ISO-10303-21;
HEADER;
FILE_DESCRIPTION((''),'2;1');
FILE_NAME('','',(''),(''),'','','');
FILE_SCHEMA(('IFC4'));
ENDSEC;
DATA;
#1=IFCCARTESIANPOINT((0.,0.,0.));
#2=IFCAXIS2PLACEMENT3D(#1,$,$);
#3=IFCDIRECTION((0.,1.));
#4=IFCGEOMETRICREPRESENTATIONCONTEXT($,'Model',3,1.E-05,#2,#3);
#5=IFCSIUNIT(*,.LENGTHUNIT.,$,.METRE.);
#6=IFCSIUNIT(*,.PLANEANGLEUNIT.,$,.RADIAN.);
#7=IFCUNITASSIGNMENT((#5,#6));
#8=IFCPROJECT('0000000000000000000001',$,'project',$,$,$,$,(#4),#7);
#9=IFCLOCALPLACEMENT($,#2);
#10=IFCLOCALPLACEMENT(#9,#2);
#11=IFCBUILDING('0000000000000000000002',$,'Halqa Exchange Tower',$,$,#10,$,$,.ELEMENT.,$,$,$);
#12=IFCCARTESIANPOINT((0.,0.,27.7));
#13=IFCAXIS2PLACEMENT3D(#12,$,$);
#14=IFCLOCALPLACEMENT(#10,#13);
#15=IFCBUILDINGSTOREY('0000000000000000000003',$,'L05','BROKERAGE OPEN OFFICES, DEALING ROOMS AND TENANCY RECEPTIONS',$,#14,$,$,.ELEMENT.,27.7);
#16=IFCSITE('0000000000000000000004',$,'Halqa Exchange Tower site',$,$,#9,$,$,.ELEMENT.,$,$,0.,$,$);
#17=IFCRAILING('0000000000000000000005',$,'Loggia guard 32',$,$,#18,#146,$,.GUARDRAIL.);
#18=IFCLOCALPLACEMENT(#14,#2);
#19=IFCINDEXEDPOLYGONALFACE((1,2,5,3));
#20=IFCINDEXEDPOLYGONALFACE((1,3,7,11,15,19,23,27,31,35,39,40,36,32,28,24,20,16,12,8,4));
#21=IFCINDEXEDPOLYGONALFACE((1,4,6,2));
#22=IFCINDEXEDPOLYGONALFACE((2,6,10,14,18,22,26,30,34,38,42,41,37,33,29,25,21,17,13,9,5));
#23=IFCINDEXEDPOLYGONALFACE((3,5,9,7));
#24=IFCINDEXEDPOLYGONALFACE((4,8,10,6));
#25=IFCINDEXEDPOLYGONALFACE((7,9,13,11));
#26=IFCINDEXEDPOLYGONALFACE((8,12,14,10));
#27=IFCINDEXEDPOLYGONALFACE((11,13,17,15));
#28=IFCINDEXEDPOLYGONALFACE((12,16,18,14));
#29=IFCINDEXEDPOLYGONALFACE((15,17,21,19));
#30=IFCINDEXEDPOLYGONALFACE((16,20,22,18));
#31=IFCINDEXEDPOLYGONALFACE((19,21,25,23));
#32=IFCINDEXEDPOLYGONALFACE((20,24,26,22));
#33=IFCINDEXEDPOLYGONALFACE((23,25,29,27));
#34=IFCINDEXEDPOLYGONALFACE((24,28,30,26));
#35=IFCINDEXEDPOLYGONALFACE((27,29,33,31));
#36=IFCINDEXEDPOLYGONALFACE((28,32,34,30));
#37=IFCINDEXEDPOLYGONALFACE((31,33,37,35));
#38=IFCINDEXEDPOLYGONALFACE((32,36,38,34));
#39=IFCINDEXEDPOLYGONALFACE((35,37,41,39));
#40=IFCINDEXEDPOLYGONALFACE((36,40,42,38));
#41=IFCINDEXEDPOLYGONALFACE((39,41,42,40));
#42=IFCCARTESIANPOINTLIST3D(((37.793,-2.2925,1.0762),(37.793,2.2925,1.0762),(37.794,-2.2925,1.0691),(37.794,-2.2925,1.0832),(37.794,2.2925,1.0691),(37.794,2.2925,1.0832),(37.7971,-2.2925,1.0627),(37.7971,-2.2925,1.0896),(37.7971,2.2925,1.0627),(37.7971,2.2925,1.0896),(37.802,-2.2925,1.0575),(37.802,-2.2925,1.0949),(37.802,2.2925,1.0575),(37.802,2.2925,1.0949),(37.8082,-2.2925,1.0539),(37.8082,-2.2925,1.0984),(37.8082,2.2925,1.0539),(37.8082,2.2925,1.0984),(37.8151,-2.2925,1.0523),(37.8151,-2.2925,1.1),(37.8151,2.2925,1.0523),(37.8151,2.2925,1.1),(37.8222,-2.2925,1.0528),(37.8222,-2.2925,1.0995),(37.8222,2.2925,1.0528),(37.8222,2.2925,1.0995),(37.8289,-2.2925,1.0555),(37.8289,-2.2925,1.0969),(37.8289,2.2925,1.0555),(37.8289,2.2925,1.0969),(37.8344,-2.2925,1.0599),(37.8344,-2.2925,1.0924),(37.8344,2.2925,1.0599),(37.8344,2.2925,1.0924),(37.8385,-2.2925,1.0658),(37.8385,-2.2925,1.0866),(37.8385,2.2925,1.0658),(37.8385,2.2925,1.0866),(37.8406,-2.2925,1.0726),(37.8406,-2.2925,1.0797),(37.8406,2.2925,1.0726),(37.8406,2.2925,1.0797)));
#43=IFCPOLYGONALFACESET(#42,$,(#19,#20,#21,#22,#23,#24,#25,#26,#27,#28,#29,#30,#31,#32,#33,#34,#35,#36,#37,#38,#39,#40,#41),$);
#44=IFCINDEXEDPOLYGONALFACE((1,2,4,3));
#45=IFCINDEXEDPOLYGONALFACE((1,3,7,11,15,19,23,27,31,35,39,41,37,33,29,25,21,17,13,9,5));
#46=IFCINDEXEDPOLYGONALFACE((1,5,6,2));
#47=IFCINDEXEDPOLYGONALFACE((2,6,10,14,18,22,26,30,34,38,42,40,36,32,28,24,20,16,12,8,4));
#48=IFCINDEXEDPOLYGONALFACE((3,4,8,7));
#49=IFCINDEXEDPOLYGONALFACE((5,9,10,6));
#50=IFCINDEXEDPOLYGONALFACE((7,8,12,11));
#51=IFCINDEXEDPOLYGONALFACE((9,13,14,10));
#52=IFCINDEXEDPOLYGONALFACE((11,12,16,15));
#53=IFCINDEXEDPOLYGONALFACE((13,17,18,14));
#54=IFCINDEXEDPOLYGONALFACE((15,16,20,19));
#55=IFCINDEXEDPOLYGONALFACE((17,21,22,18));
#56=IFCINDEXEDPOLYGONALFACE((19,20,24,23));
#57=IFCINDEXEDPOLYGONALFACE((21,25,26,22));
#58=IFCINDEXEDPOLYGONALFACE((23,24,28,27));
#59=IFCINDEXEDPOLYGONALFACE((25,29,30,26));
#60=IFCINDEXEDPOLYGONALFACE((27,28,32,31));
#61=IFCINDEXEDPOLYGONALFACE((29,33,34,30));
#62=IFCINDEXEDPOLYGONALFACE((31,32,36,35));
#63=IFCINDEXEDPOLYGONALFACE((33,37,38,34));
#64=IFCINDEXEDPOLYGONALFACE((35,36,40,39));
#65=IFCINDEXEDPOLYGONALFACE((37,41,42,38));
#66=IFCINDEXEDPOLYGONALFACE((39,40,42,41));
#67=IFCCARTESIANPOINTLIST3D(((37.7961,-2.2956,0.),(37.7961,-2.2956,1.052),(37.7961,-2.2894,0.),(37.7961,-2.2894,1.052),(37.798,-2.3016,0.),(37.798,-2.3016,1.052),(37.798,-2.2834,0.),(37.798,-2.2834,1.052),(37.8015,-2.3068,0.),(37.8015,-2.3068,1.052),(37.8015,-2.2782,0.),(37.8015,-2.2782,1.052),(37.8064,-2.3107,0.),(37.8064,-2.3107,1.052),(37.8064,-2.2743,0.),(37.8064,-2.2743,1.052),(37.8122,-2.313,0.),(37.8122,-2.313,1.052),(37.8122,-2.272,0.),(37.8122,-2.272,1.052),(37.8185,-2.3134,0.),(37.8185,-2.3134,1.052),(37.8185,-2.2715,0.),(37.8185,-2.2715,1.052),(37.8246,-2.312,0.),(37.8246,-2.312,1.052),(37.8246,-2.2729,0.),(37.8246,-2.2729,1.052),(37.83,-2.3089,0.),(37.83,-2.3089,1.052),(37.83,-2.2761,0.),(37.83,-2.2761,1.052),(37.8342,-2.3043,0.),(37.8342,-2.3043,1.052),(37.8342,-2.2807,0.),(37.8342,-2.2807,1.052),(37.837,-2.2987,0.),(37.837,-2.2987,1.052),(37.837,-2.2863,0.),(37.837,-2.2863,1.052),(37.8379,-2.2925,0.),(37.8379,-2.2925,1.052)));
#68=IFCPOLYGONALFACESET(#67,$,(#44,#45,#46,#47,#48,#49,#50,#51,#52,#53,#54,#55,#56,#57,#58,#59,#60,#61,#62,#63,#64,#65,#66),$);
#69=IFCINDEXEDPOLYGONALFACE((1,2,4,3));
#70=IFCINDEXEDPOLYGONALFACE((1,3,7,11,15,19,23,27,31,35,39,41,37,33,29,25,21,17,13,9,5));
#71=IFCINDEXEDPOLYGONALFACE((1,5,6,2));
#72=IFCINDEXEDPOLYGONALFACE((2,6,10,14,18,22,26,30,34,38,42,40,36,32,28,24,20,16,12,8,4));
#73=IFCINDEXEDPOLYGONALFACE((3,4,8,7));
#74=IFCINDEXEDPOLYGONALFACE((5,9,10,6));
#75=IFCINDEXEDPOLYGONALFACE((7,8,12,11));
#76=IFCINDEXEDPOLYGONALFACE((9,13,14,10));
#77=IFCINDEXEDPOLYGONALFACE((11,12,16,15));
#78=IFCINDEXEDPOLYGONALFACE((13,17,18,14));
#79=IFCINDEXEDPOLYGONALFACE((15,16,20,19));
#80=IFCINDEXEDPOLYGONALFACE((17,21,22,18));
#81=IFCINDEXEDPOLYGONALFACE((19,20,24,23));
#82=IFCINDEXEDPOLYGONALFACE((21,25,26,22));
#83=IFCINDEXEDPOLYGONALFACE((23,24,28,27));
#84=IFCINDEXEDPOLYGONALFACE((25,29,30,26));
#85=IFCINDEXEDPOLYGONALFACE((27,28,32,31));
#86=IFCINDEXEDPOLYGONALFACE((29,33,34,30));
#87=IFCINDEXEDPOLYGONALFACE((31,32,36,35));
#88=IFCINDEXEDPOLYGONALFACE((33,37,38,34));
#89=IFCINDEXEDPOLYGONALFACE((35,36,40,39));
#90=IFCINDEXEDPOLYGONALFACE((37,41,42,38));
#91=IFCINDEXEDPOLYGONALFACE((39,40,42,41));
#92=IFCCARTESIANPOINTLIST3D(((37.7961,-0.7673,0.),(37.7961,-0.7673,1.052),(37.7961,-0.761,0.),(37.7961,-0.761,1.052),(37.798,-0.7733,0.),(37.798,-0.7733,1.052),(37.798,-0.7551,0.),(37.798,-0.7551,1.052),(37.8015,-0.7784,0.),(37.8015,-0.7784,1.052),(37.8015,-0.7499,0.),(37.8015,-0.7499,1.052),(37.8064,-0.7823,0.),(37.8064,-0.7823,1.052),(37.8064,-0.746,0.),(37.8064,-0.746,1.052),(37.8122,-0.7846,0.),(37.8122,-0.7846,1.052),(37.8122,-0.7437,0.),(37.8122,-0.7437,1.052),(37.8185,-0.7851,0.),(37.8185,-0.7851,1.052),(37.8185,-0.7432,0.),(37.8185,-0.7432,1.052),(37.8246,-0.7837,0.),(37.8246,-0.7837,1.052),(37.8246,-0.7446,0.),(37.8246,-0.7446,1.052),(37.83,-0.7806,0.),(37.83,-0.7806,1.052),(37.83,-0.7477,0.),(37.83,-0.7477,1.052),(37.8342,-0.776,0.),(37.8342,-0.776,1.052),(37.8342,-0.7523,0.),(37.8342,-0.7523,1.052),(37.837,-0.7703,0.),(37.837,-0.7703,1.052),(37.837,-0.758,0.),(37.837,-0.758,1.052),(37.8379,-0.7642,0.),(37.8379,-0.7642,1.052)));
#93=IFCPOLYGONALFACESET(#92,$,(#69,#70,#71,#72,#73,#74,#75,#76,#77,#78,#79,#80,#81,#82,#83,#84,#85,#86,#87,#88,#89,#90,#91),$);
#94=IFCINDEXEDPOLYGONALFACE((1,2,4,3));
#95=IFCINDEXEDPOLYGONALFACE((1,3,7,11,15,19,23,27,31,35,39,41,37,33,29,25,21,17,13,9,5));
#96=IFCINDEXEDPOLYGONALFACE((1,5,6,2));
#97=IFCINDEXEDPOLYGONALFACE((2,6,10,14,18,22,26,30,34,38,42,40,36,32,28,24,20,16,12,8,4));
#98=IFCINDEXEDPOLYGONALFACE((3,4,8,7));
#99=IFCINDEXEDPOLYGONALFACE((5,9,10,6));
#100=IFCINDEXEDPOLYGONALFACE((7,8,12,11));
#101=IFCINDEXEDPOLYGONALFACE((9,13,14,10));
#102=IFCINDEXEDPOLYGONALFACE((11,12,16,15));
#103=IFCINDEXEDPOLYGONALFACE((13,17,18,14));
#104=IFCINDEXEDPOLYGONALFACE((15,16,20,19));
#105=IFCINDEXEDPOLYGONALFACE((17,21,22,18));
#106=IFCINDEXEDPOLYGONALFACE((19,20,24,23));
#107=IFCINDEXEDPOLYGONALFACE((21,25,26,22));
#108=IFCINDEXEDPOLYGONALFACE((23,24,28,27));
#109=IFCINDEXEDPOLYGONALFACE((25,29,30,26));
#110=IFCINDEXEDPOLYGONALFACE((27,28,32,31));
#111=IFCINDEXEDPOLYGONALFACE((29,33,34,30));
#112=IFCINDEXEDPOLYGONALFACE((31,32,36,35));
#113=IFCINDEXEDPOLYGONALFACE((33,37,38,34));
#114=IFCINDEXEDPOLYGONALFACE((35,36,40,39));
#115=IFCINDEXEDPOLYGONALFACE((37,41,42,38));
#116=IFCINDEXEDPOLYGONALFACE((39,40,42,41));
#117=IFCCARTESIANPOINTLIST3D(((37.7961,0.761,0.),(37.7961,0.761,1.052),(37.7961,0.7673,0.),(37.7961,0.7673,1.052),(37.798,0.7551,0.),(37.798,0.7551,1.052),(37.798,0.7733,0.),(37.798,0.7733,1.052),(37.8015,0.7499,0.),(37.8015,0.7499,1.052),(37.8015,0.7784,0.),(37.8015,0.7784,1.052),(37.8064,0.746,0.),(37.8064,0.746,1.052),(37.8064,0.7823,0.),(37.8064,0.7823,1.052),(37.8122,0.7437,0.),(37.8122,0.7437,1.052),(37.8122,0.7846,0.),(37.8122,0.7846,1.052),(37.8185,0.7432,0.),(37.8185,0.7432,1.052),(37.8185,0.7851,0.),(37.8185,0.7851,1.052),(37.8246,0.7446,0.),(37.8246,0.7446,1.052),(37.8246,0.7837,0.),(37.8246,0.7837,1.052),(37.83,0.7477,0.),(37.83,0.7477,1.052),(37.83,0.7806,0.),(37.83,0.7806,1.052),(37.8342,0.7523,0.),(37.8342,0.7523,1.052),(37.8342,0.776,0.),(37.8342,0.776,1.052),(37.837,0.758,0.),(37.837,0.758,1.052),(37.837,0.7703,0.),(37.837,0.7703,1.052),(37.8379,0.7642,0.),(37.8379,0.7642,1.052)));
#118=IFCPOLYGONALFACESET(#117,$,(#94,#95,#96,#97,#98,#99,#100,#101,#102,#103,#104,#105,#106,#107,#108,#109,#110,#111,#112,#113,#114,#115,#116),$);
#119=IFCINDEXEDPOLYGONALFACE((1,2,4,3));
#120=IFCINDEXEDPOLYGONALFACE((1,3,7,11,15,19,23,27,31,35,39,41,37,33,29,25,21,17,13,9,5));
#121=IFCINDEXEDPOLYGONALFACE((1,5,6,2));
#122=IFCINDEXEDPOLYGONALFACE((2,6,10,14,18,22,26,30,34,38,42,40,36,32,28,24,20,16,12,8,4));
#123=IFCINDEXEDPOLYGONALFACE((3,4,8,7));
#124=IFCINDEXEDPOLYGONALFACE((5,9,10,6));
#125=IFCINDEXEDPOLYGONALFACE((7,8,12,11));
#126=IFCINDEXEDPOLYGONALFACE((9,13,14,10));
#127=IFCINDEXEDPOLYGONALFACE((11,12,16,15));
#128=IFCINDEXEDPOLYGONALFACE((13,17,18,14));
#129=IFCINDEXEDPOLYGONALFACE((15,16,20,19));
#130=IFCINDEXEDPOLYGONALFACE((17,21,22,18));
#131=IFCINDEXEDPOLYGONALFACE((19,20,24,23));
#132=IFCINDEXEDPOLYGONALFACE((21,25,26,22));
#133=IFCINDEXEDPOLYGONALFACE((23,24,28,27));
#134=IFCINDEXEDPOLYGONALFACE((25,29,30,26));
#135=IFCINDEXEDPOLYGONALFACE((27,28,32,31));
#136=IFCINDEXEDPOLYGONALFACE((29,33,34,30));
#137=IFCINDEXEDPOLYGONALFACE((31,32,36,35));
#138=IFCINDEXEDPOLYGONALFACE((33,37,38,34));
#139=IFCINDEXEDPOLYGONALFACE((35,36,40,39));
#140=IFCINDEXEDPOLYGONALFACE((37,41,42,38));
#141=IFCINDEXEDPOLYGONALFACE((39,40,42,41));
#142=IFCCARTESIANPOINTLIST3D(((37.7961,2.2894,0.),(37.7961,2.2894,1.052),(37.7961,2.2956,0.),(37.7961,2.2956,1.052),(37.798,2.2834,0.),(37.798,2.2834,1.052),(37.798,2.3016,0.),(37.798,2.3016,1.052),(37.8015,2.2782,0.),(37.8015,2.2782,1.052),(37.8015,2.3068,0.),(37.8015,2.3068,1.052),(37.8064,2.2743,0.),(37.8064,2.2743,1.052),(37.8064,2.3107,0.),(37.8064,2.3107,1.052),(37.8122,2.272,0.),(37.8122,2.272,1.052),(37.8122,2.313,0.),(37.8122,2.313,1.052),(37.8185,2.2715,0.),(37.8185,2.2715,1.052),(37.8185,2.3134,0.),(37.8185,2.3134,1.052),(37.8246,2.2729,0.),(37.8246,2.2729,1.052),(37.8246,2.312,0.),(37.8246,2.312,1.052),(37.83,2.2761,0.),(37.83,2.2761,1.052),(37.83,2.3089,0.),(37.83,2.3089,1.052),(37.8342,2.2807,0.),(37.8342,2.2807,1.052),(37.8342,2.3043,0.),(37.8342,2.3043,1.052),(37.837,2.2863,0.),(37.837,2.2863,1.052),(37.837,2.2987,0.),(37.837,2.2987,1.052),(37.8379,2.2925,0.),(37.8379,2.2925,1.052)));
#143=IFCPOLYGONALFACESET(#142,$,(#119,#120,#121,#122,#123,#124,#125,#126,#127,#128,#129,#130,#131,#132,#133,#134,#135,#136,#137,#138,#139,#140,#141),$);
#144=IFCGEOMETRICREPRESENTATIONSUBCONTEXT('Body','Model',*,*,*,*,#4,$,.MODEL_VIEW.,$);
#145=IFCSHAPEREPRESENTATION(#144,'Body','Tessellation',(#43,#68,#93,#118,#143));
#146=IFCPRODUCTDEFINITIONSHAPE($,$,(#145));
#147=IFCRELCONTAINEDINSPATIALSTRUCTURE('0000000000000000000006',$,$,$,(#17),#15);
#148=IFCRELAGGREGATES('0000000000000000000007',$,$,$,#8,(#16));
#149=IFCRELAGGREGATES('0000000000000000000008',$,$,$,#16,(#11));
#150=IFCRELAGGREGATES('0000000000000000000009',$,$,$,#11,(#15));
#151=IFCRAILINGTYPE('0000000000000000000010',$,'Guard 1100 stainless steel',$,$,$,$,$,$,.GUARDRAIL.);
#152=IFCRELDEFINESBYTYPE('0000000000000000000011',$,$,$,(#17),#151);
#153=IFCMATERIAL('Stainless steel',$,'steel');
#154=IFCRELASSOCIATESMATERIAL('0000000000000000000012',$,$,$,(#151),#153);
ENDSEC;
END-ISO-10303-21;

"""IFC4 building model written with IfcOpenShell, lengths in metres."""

from ifc_helpers import new_model, si_unit, direction, frame, origin, origin_2d, place, context, subcontext, project, spatial, circle, extrude, material, type_object, element, save


model = new_model("IFC4")

# Units and contexts
model_context = context("Model", 3, precision=1e-05, world=origin(), true_north=direction((0.0, 1.0)))
body_context = subcontext(model_context, "Body", "Model", "MODEL_VIEW")
ifc_project = project(units=[si_unit("LENGTHUNIT", "METRE"), si_unit("PLANEANGLEUNIT", "RADIAN")], contexts=[model_context])

# Site, building, storey
site_placement = place(None, origin())
site = spatial("IfcSite", under=ifc_project, at=site_placement, Name="Halqa Exchange Tower site", CompositionType="ELEMENT", RefElevation=0.0)
building_placement = place(site_placement, origin())
building = spatial("IfcBuilding", under=site, at=building_placement, Name="Halqa Exchange Tower", CompositionType="ELEMENT")
storey_placement = place(building_placement, frame((0.0, 0.0, 27.7)))
storey = spatial("IfcBuildingStorey", under=building, at=storey_placement, Name="L05", Description="BROKERAGE OPEN OFFICES, DEALING ROOMS AND TENANCY RECEPTIONS", CompositionType="ELEMENT", Elevation=27.7)

# Railing
ifc_material_1 = material(Name="Stainless steel", Category="steel")
railing_type = type_object("IfcRailingType", Name="Guard 1100 stainless steel", PredefinedType="GUARDRAIL", material=ifc_material_1)
railing_1_placement = place(storey_placement, frame((37.8169, -2.2925, 0.0)))
element("IfcRailing", 1, at=railing_1_placement, inside=storey, type_object=railing_type, Name="Loggia guard 32", PredefinedType="GUARDRAIL", context=body_context, shape_type="SweptSolid", body=[
    extrude(circle(Radius=0.0239, at=origin_2d()), frame((0.0, 0.0, 1.0762), z_axis=(0.0, 1.0, 0.0), x_axis=(-1.0, 0.0, 0.0)), (0.0, 0.0, 1.0), 4.585),
    extrude(circle(Radius=0.021, at=origin_2d()), origin(), (0.0, 0.0, 1.0), 1.052),
    extrude(circle(Radius=0.021, at=origin_2d()), frame((0.0, 1.5283, 0.0)), (0.0, 0.0, 1.0), 1.052),
    extrude(circle(Radius=0.021, at=origin_2d()), frame((0.0, 3.0566, 0.0)), (0.0, 0.0, 1.0), 1.052),
    extrude(circle(Radius=0.021, at=origin_2d()), frame((0.0, 4.585, 0.0)), (0.0, 0.0, 1.0), 1.052),
])

save(model, "model.ifc")
